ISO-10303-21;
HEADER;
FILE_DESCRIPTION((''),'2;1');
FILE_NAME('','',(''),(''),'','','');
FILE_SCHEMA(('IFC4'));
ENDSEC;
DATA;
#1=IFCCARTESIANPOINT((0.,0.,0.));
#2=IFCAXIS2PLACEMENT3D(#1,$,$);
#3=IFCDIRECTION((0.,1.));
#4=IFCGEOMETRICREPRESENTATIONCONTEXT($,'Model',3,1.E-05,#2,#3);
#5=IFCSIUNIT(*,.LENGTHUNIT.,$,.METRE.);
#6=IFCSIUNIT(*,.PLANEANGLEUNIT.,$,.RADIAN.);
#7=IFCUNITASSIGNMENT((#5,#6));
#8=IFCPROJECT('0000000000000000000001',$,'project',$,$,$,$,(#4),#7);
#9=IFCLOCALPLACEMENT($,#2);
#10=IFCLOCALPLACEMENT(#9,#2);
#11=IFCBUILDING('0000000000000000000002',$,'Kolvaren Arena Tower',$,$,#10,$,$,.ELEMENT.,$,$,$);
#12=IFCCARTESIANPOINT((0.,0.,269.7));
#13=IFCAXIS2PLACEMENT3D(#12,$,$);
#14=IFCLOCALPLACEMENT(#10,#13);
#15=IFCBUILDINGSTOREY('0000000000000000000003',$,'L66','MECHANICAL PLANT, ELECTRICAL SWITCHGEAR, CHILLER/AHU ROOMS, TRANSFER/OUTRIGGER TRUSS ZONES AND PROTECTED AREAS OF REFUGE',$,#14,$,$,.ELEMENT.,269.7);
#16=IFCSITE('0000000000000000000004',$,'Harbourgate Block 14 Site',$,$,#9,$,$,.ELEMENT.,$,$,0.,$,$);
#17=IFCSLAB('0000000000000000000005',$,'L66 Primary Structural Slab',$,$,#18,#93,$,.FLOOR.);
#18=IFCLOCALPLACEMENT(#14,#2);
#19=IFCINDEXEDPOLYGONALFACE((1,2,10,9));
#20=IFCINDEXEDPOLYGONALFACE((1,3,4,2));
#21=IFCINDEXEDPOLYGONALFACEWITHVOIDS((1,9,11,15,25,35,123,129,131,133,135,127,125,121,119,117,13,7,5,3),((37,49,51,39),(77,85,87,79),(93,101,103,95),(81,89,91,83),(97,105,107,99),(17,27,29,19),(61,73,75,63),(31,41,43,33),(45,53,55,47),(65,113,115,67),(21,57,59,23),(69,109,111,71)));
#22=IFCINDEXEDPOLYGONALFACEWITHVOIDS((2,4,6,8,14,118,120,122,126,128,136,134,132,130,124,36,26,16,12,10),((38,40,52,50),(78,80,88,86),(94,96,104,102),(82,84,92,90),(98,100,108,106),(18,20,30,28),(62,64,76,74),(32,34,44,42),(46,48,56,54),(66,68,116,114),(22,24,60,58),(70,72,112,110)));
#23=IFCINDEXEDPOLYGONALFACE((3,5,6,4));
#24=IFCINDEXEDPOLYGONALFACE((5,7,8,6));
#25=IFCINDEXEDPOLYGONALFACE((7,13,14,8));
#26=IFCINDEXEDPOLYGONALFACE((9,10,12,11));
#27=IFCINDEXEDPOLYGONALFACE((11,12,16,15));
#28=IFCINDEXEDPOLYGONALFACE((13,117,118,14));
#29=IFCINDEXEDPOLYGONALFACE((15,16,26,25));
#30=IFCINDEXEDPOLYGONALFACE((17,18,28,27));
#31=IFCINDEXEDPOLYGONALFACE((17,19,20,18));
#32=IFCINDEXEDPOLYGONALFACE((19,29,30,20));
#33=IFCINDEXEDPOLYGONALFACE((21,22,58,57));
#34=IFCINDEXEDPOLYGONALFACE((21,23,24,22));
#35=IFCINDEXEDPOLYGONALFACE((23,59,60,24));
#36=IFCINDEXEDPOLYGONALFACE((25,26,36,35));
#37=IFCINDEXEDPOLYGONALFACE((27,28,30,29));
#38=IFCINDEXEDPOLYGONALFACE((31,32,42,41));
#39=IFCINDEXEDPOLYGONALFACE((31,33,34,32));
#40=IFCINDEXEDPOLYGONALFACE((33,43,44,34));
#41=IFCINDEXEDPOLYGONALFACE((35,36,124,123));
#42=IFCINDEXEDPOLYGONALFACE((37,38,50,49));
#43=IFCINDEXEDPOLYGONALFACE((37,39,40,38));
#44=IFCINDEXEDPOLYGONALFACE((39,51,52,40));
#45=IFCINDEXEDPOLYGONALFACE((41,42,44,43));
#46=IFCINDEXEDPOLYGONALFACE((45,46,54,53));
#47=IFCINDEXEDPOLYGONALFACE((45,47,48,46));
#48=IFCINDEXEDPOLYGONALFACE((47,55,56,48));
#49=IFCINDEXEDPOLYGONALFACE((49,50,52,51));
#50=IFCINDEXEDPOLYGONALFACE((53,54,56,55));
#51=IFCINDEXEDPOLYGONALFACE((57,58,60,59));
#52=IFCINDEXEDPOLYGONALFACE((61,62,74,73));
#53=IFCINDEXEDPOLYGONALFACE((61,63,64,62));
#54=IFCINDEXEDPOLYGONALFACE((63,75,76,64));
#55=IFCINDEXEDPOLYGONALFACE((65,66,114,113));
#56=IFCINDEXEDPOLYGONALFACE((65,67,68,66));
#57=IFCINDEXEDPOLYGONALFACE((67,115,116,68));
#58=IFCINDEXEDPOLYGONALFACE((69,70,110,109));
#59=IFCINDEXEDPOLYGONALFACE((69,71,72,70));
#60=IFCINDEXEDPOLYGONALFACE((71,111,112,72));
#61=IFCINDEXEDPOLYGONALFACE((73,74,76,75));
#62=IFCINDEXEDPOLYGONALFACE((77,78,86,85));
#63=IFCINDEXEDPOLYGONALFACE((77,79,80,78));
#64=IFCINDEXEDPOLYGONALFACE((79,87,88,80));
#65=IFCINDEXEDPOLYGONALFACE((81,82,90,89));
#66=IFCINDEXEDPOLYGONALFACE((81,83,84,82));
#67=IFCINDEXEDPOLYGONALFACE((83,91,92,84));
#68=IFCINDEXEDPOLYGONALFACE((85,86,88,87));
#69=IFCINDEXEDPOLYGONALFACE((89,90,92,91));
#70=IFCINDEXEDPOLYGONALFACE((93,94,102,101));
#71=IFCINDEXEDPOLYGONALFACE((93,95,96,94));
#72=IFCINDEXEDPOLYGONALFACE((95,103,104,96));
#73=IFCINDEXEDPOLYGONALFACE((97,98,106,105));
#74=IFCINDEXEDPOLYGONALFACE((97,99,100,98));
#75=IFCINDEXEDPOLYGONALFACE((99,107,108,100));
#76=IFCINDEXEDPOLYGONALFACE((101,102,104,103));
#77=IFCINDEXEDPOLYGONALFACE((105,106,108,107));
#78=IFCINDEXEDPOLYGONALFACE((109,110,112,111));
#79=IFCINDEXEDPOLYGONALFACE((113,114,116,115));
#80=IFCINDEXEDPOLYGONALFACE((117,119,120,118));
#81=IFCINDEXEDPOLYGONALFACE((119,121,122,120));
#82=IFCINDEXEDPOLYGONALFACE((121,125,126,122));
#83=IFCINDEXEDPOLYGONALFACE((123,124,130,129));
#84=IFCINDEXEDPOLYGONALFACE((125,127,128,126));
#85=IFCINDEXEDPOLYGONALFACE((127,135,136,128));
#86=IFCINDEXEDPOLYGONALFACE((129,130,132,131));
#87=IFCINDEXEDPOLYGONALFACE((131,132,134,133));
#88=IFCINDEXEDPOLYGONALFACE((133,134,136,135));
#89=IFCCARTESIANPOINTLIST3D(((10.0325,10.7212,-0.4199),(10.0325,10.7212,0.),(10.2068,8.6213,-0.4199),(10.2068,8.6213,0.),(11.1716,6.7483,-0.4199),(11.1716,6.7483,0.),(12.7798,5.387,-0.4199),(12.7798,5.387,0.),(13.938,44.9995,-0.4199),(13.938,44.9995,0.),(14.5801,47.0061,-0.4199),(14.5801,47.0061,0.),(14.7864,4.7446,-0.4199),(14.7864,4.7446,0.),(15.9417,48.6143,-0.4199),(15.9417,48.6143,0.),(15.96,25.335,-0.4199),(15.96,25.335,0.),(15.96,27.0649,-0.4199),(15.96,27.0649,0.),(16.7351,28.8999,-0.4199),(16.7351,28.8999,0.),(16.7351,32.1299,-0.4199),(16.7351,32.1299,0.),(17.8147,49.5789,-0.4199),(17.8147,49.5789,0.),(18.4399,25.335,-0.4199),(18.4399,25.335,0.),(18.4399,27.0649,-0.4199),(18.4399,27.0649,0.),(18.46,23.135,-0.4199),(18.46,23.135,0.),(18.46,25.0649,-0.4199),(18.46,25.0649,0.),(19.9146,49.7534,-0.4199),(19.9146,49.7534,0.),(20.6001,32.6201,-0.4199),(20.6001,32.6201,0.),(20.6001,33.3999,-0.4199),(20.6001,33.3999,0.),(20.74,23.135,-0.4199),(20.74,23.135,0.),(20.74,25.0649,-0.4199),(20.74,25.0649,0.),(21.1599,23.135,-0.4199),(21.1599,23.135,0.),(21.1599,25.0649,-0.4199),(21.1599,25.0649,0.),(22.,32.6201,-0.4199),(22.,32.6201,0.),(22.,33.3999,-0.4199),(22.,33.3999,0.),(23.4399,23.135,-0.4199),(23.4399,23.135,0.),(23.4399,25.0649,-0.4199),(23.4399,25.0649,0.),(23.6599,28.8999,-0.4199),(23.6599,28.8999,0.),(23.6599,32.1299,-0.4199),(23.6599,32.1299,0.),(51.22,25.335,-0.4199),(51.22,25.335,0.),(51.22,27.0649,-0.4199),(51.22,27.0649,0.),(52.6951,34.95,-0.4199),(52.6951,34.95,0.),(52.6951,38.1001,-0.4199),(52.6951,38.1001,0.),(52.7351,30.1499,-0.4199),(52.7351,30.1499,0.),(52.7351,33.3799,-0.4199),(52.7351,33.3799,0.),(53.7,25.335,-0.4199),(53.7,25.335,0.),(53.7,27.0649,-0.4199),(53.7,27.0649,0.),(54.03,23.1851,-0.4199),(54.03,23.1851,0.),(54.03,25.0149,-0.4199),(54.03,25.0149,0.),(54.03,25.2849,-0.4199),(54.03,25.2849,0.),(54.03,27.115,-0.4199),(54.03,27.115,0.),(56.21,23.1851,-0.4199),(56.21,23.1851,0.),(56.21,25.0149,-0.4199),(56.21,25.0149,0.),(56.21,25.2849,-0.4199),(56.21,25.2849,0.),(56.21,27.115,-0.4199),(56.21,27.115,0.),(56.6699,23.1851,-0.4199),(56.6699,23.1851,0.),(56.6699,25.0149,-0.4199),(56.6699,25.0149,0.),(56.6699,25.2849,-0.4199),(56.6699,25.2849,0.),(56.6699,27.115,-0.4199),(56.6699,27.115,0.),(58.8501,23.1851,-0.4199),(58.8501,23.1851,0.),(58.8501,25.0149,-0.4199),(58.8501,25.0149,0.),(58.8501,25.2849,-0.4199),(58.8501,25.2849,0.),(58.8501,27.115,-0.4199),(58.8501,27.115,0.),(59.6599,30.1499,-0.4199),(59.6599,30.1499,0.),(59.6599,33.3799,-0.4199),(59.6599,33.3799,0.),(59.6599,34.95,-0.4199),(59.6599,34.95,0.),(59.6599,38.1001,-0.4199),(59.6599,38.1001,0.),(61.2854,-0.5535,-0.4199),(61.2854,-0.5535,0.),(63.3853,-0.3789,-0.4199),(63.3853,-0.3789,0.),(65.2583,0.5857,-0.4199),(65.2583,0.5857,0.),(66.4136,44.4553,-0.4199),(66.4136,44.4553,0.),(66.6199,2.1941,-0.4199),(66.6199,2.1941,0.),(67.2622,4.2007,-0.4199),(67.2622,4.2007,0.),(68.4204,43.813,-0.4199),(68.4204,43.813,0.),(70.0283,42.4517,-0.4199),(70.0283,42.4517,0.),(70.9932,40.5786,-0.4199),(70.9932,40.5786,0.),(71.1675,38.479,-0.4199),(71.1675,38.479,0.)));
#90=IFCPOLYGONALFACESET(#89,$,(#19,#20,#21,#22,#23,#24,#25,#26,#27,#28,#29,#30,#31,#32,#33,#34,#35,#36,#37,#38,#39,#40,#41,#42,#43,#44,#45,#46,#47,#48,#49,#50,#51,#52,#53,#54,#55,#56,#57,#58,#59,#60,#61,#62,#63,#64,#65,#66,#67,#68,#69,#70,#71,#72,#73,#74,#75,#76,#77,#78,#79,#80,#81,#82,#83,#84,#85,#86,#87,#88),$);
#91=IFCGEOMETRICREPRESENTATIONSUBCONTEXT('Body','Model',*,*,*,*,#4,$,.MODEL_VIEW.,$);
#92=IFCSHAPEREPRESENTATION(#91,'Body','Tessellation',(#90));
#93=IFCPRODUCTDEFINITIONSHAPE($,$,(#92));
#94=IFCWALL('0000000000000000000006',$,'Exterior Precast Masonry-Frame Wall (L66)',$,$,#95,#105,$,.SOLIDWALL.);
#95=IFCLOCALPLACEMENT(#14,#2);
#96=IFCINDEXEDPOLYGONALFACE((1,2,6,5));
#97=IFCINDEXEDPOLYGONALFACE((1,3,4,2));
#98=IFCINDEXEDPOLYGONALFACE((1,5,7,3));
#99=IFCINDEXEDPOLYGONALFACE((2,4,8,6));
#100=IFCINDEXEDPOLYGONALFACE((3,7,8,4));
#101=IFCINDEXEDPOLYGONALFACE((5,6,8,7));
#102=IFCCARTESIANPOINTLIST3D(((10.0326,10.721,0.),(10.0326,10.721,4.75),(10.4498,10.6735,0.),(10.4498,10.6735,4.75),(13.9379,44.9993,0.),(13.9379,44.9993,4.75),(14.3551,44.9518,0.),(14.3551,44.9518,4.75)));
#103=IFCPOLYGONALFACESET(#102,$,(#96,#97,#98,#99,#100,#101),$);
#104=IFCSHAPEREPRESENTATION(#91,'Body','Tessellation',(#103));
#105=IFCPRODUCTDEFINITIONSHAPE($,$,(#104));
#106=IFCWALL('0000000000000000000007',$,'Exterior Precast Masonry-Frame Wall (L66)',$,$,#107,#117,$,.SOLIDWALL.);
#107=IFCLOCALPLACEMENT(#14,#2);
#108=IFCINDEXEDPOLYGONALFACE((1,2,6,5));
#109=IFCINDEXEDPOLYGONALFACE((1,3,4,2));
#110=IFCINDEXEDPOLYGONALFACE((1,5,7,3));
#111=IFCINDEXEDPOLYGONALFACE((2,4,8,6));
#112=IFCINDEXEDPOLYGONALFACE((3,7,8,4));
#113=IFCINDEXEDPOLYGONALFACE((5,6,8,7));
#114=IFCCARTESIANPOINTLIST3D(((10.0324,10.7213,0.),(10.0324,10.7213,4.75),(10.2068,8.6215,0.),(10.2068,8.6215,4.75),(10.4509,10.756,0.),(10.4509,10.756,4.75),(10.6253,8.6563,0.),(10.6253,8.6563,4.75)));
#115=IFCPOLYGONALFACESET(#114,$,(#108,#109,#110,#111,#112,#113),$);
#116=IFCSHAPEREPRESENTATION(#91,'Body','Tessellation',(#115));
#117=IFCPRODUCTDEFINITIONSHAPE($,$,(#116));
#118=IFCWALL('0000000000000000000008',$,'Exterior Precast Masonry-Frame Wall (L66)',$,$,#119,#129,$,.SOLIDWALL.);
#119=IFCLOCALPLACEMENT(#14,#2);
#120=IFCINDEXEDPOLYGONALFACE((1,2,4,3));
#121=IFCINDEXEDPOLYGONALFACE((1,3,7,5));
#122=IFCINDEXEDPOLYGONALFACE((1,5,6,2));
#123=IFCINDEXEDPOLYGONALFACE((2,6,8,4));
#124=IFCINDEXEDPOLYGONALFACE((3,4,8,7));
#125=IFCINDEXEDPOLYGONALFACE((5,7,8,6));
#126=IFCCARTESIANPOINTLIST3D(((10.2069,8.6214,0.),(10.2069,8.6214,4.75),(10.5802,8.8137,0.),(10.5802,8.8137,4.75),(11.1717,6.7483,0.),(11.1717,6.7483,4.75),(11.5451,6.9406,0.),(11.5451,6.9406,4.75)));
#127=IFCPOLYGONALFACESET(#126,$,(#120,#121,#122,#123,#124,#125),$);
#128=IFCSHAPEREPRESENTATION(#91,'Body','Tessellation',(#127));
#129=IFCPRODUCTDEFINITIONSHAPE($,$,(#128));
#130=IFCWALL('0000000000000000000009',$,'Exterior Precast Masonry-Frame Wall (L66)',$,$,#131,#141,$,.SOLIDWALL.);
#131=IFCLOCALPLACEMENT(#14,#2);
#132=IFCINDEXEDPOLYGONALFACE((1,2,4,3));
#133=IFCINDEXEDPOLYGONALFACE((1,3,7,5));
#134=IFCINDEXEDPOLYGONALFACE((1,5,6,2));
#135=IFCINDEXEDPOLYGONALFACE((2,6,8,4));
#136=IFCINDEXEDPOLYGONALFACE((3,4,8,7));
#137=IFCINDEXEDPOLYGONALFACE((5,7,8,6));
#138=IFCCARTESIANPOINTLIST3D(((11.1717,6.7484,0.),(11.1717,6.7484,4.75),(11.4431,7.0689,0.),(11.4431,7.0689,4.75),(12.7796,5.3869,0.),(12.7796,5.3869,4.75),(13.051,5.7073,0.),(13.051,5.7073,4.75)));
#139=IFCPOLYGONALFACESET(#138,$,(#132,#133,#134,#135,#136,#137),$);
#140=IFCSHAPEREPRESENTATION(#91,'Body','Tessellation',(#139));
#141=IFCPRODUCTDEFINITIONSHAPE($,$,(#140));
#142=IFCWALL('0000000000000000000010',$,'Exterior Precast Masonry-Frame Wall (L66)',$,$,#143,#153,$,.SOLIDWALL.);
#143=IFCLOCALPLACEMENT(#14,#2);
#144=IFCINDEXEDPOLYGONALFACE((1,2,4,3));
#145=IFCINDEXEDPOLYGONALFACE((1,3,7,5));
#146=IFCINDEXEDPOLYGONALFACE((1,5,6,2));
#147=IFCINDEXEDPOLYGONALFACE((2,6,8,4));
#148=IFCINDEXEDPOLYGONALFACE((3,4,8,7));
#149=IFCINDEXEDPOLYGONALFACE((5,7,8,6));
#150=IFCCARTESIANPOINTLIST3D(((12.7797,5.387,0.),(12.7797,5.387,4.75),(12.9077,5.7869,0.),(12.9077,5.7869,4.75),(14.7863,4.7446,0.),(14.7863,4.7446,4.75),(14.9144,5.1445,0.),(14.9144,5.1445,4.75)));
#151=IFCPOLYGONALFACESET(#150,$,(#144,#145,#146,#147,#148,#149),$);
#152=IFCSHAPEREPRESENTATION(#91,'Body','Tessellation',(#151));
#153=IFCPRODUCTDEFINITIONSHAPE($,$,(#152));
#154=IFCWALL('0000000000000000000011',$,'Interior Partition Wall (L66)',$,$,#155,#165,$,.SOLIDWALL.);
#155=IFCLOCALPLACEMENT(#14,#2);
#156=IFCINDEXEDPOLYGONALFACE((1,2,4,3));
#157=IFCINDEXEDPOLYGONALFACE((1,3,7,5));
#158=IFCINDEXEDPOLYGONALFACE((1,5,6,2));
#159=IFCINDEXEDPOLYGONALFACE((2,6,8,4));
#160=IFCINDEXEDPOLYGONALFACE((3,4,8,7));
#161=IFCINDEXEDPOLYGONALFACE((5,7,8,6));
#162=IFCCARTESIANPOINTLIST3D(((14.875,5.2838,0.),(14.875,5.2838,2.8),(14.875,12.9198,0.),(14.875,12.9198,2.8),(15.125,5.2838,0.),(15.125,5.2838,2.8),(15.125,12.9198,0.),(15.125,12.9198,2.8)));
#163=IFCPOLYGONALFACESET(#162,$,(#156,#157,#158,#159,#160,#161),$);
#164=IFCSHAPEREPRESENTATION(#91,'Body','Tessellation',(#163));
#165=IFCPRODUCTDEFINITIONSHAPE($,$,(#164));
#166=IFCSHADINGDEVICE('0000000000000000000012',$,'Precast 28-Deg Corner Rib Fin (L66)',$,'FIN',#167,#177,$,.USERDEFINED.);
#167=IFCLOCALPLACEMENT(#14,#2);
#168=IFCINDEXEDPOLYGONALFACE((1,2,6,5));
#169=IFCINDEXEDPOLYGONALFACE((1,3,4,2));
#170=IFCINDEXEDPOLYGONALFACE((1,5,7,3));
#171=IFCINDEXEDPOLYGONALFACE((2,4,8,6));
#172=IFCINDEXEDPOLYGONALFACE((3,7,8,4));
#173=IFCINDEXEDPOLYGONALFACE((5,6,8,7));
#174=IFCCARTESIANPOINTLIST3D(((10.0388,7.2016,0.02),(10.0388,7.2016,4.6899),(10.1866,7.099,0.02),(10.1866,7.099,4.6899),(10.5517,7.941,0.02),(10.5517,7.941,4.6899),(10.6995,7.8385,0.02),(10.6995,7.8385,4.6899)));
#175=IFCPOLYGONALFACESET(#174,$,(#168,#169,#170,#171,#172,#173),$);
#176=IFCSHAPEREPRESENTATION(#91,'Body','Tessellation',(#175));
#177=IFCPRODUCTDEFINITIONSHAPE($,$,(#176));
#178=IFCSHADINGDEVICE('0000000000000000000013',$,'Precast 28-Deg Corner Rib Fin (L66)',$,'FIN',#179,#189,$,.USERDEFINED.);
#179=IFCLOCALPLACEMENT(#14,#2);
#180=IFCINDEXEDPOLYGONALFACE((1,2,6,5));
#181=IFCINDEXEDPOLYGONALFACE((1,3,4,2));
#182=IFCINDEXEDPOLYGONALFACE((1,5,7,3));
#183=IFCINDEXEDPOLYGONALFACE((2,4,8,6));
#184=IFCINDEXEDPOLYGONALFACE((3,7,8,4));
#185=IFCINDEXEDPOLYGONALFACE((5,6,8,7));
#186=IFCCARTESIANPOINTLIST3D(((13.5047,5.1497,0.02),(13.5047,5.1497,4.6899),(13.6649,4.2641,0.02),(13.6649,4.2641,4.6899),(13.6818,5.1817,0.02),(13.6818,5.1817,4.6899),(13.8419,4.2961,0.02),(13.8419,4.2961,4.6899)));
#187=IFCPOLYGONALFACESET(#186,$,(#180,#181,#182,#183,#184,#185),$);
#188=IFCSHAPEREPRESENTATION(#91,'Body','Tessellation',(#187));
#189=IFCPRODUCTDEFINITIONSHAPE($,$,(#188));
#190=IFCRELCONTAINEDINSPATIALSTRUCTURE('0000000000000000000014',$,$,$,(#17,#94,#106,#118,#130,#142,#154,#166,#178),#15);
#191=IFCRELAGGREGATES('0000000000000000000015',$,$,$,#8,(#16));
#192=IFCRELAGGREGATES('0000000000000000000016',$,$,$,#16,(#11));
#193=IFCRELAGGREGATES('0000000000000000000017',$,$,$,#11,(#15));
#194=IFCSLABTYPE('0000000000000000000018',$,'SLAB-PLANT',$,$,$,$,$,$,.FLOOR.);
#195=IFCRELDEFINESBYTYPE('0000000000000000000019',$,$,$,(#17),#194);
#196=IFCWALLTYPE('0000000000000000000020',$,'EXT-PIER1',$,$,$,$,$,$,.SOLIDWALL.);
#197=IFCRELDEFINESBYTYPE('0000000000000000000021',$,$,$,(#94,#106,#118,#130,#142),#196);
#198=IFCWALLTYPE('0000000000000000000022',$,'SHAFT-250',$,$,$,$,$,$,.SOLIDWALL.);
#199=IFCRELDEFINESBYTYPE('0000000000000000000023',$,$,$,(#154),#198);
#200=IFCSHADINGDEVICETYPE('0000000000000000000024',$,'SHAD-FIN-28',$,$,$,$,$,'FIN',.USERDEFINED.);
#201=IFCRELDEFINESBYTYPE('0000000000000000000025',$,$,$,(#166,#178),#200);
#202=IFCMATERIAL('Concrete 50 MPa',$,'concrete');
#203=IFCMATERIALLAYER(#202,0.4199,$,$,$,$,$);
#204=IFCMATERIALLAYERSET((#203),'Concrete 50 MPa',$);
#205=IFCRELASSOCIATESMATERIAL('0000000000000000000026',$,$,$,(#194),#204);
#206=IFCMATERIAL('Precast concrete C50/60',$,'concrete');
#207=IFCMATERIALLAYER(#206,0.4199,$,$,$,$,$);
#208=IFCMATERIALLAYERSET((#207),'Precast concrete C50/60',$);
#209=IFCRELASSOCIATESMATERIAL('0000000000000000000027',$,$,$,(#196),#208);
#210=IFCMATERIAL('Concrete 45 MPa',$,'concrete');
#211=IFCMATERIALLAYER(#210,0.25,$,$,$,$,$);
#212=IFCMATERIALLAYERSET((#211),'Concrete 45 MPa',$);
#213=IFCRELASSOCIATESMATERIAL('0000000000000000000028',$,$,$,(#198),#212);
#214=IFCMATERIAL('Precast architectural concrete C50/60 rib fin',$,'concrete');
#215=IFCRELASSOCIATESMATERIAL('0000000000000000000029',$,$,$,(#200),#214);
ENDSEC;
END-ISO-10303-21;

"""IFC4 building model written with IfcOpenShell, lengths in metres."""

from ifc_helpers import new_model, si_unit, direction, frame, frame_2d, origin, origin_2d, place, context, subcontext, project, spatial, polyline, rectangle, outline, extrude, material, layer, layer_set, type_object, element, save


model = new_model("IFC4")

# Units and contexts
model_context = context("Model", 3, precision=1e-05, world=origin(), true_north=direction((0.0, 1.0)))
body_context = subcontext(model_context, "Body", "Model", "MODEL_VIEW")
ifc_project = project(units=[si_unit("LENGTHUNIT", "METRE"), si_unit("PLANEANGLEUNIT", "RADIAN")], contexts=[model_context])

# Site, building, storey
site_placement = place(None, origin())
site = spatial("IfcSite", under=ifc_project, at=site_placement, Name="Harbourgate Block 14 Site", CompositionType="ELEMENT", RefElevation=0.0)
building_placement = place(site_placement, origin())
building = spatial("IfcBuilding", under=site, at=building_placement, Name="Kolvaren Arena Tower", CompositionType="ELEMENT")
storey_placement = place(building_placement, frame((0.0, 0.0, 269.7)))
storey = spatial("IfcBuildingStorey", under=building, at=storey_placement, Name="L66", Description="MECHANICAL PLANT, ELECTRICAL SWITCHGEAR, CHILLER/AHU ROOMS, TRANSFER/OUTRIGGER TRUSS ZONES AND PROTECTED AREAS OF REFUGE", CompositionType="ELEMENT", Elevation=269.7)

# Shared definitions
ifc_material_1 = material(Name="Concrete 45 MPa", Category="concrete")

# Slab
ifc_material_2 = material(Name="Concrete 50 MPa", Category="concrete")
ifc_layer_1 = layer(ifc_material_2, 0.4199)
ifc_layer_set_1 = layer_set([ifc_layer_1], Name="Concrete 50 MPa")
slab_type_1 = type_object("IfcSlabType", Name="SLAB-PLANT", PredefinedType="FLOOR", material=ifc_layer_set_1)
slab_1_placement = place(storey_placement, frame((0.0, 0.0, -0.4199)))
element("IfcSlab", 1, at=slab_1_placement, inside=storey, type_object=slab_type_1, Name="L66 Primary Structural Slab", PredefinedType="FLOOR", context=body_context, shape_type="SweptSolid", body=[
    extrude(outline(polyline([(61.2854, -0.5535), (63.3853, -0.3789), (65.2583, 0.5857), (66.6199, 2.1941), (67.2622, 4.2007), (71.1675, 38.479), (70.9932, 40.5786), (70.0283, 42.4517), (68.4204, 43.813), (66.4136, 44.4553), (19.9146, 49.7534), (17.8147, 49.5789), (15.9417, 48.6143), (14.5801, 47.0061), (13.938, 44.9995), (10.0325, 10.7212), (10.2068, 8.6213), (11.1716, 6.7483), (12.7798, 5.387), (14.7864, 4.7446), (61.2854, -0.5535)]), holes=[polyline([(20.74, 23.135), (18.46, 23.135), (18.46, 25.0649), (20.74, 25.0649), (20.74, 23.135)]), polyline([(21.1599, 23.135), (21.1599, 25.0649), (23.4399, 25.0649), (23.4399, 23.135), (21.1599, 23.135)]), polyline([(56.21, 23.1851), (54.03, 23.1851), (54.03, 25.0149), (56.21, 25.0149), (56.21, 23.1851)]), polyline([(56.6699, 23.1851), (56.6699, 25.0149), (58.8501, 25.0149), (58.8501, 23.1851), (56.6699, 23.1851)]), polyline([(54.03, 25.2849), (54.03, 27.115), (56.21, 27.115), (56.21, 25.2849), (54.03, 25.2849)]), polyline([(58.8501, 25.2849), (56.6699, 25.2849), (56.6699, 27.115), (58.8501, 27.115), (58.8501, 25.2849)]), polyline([(15.96, 25.335), (15.96, 27.0649), (18.4399, 27.0649), (18.4399, 25.335), (15.96, 25.335)]), polyline([(53.7, 25.335), (51.22, 25.335), (51.22, 27.0649), (53.7, 27.0649), (53.7, 25.335)]), polyline([(16.7351, 28.8999), (16.7351, 32.1299), (23.6599, 32.1299), (23.6599, 28.8999), (16.7351, 28.8999)]), polyline([(52.7351, 30.1499), (52.7351, 33.3799), (59.6599, 33.3799), (59.6599, 30.1499), (52.7351, 30.1499)]), polyline([(20.6001, 32.6201), (20.6001, 33.3999), (22.0, 33.3999), (22.0, 32.6201), (20.6001, 32.6201)]), polyline([(52.6951, 34.95), (52.6951, 38.1001), (59.6599, 38.1001), (59.6599, 34.95), (52.6951, 34.95)])]), origin(), (0.0, 0.0, 1.0), 0.4199),
])

# Walls
ifc_material_3 = material(Name="Precast concrete C50/60", Category="concrete")
ifc_layer_2 = layer(ifc_material_3, 0.4199)
ifc_layer_set_2 = layer_set([ifc_layer_2], Name="Precast concrete C50/60")
wall_type_1 = type_object("IfcWallType", Name="EXT-PIER1", PredefinedType="SOLIDWALL", material=ifc_layer_set_2)
wall_1_placement = place(storey_placement, frame((10.2412, 10.6973, 0.0), z_axis=(0.0, 0.0, 1.0), x_axis=(0.113196, 0.993573, 0.0)))
element("IfcWall", 2, at=wall_1_placement, inside=storey, type_object=wall_type_1, Name="Exterior Precast Masonry-Frame Wall (L66)", PredefinedType="SOLIDWALL", context=body_context, shape_type="SweptSolid", body=[
    extrude(rectangle(XDim=34.5, YDim=0.4199, at=frame_2d((17.25, 0.0))), origin(), (0.0, 0.0, 1.0), 4.75),
])
for number, where, z_axis, x_axis, name in (
    (3, (10.416, 8.6389, 0.0), (0.0, 0.0, 1.0), (-0.082739, 0.996571, 0.0), "Exterior Precast Masonry-Frame Wall (L66)"),
    (4, (11.3584, 6.8445, 0.0), (0.0, 0.0, 1.0), (-0.457934, 0.888986, 0.0), "Exterior Precast Masonry-Frame Wall (L66)"),
    (5, (12.9153, 5.5471, 0.0), (0.0, 0.0, 1.0), (-0.763144, 0.646228, 0.0), "Exterior Precast Masonry-Frame Wall (L66)"),
    (6, (14.8503, 4.9446, 0.0), (0.0, 0.0, 1.0), (-0.952393, 0.304872, 0.0), "Exterior Precast Masonry-Frame Wall (L66)"),
):
    element("IfcWall", number, at=place(storey_placement, frame(where, z_axis=z_axis, x_axis=x_axis)), inside=storey, type_object=wall_type_1, Name=name, PredefinedType="SOLIDWALL", context=body_context, shape_type="SweptSolid", body=[
        extrude(rectangle(XDim=2.1069, YDim=0.4199, at=frame_2d((1.0535, 0.0))), origin(), (0.0, 0.0, 1.0), 4.75),
    ])
ifc_layer_3 = layer(ifc_material_1, 0.25)
ifc_layer_set_3 = layer_set([ifc_layer_3], Name="Concrete 45 MPa")
wall_type_2 = type_object("IfcWallType", Name="SHAFT-250", PredefinedType="SOLIDWALL", material=ifc_layer_set_3)
wall_2_placement = place(storey_placement, frame((15.0, 5.2839, 0.0), z_axis=(0.0, 0.0, 1.0), x_axis=(0.0, 1.0, 0.0)))
element("IfcWall", 7, at=wall_2_placement, inside=storey, type_object=wall_type_2, Name="Interior Partition Wall (L66)", PredefinedType="SOLIDWALL", context=body_context, shape_type="SweptSolid", body=[
    extrude(rectangle(XDim=7.636, YDim=0.25, at=frame_2d((3.8179, 0.0))), origin(), (0.0, 0.0, 1.0), 2.8),
])

# Shading devices
ifc_material_4 = material(Name="Precast architectural concrete C50/60 rib fin", Category="concrete")
shading_device_type = type_object("IfcShadingDeviceType", Name="SHAD-FIN-28", ElementType="FIN", PredefinedType="USERDEFINED", material=ifc_material_4)
for number, where, z_axis, x_axis, name in (
    (8, (10.3691, 7.52, 0.02), (0.0, 0.0, 1.0), (-0.569965, -0.821669, 0.0), "Precast 28-Deg Corner Rib Fin (L66)"),
    (9, (13.6733, 4.7229, 0.02), (0.0, 0.0, 1.0), (0.177966, -0.984037, 0.0), "Precast 28-Deg Corner Rib Fin (L66)"),
):
    element("IfcShadingDevice", number, at=place(storey_placement, frame(where, z_axis=z_axis, x_axis=x_axis)), inside=storey, type_object=shading_device_type, Name=name, ObjectType="FIN", PredefinedType="USERDEFINED", context=body_context, shape_type="SweptSolid", body=[
        extrude(rectangle(XDim=0.8999, YDim=0.1799, at=origin_2d()), origin(), (0.0, 0.0, 1.0), 4.6699),
    ])

save(model, "model.ifc")
